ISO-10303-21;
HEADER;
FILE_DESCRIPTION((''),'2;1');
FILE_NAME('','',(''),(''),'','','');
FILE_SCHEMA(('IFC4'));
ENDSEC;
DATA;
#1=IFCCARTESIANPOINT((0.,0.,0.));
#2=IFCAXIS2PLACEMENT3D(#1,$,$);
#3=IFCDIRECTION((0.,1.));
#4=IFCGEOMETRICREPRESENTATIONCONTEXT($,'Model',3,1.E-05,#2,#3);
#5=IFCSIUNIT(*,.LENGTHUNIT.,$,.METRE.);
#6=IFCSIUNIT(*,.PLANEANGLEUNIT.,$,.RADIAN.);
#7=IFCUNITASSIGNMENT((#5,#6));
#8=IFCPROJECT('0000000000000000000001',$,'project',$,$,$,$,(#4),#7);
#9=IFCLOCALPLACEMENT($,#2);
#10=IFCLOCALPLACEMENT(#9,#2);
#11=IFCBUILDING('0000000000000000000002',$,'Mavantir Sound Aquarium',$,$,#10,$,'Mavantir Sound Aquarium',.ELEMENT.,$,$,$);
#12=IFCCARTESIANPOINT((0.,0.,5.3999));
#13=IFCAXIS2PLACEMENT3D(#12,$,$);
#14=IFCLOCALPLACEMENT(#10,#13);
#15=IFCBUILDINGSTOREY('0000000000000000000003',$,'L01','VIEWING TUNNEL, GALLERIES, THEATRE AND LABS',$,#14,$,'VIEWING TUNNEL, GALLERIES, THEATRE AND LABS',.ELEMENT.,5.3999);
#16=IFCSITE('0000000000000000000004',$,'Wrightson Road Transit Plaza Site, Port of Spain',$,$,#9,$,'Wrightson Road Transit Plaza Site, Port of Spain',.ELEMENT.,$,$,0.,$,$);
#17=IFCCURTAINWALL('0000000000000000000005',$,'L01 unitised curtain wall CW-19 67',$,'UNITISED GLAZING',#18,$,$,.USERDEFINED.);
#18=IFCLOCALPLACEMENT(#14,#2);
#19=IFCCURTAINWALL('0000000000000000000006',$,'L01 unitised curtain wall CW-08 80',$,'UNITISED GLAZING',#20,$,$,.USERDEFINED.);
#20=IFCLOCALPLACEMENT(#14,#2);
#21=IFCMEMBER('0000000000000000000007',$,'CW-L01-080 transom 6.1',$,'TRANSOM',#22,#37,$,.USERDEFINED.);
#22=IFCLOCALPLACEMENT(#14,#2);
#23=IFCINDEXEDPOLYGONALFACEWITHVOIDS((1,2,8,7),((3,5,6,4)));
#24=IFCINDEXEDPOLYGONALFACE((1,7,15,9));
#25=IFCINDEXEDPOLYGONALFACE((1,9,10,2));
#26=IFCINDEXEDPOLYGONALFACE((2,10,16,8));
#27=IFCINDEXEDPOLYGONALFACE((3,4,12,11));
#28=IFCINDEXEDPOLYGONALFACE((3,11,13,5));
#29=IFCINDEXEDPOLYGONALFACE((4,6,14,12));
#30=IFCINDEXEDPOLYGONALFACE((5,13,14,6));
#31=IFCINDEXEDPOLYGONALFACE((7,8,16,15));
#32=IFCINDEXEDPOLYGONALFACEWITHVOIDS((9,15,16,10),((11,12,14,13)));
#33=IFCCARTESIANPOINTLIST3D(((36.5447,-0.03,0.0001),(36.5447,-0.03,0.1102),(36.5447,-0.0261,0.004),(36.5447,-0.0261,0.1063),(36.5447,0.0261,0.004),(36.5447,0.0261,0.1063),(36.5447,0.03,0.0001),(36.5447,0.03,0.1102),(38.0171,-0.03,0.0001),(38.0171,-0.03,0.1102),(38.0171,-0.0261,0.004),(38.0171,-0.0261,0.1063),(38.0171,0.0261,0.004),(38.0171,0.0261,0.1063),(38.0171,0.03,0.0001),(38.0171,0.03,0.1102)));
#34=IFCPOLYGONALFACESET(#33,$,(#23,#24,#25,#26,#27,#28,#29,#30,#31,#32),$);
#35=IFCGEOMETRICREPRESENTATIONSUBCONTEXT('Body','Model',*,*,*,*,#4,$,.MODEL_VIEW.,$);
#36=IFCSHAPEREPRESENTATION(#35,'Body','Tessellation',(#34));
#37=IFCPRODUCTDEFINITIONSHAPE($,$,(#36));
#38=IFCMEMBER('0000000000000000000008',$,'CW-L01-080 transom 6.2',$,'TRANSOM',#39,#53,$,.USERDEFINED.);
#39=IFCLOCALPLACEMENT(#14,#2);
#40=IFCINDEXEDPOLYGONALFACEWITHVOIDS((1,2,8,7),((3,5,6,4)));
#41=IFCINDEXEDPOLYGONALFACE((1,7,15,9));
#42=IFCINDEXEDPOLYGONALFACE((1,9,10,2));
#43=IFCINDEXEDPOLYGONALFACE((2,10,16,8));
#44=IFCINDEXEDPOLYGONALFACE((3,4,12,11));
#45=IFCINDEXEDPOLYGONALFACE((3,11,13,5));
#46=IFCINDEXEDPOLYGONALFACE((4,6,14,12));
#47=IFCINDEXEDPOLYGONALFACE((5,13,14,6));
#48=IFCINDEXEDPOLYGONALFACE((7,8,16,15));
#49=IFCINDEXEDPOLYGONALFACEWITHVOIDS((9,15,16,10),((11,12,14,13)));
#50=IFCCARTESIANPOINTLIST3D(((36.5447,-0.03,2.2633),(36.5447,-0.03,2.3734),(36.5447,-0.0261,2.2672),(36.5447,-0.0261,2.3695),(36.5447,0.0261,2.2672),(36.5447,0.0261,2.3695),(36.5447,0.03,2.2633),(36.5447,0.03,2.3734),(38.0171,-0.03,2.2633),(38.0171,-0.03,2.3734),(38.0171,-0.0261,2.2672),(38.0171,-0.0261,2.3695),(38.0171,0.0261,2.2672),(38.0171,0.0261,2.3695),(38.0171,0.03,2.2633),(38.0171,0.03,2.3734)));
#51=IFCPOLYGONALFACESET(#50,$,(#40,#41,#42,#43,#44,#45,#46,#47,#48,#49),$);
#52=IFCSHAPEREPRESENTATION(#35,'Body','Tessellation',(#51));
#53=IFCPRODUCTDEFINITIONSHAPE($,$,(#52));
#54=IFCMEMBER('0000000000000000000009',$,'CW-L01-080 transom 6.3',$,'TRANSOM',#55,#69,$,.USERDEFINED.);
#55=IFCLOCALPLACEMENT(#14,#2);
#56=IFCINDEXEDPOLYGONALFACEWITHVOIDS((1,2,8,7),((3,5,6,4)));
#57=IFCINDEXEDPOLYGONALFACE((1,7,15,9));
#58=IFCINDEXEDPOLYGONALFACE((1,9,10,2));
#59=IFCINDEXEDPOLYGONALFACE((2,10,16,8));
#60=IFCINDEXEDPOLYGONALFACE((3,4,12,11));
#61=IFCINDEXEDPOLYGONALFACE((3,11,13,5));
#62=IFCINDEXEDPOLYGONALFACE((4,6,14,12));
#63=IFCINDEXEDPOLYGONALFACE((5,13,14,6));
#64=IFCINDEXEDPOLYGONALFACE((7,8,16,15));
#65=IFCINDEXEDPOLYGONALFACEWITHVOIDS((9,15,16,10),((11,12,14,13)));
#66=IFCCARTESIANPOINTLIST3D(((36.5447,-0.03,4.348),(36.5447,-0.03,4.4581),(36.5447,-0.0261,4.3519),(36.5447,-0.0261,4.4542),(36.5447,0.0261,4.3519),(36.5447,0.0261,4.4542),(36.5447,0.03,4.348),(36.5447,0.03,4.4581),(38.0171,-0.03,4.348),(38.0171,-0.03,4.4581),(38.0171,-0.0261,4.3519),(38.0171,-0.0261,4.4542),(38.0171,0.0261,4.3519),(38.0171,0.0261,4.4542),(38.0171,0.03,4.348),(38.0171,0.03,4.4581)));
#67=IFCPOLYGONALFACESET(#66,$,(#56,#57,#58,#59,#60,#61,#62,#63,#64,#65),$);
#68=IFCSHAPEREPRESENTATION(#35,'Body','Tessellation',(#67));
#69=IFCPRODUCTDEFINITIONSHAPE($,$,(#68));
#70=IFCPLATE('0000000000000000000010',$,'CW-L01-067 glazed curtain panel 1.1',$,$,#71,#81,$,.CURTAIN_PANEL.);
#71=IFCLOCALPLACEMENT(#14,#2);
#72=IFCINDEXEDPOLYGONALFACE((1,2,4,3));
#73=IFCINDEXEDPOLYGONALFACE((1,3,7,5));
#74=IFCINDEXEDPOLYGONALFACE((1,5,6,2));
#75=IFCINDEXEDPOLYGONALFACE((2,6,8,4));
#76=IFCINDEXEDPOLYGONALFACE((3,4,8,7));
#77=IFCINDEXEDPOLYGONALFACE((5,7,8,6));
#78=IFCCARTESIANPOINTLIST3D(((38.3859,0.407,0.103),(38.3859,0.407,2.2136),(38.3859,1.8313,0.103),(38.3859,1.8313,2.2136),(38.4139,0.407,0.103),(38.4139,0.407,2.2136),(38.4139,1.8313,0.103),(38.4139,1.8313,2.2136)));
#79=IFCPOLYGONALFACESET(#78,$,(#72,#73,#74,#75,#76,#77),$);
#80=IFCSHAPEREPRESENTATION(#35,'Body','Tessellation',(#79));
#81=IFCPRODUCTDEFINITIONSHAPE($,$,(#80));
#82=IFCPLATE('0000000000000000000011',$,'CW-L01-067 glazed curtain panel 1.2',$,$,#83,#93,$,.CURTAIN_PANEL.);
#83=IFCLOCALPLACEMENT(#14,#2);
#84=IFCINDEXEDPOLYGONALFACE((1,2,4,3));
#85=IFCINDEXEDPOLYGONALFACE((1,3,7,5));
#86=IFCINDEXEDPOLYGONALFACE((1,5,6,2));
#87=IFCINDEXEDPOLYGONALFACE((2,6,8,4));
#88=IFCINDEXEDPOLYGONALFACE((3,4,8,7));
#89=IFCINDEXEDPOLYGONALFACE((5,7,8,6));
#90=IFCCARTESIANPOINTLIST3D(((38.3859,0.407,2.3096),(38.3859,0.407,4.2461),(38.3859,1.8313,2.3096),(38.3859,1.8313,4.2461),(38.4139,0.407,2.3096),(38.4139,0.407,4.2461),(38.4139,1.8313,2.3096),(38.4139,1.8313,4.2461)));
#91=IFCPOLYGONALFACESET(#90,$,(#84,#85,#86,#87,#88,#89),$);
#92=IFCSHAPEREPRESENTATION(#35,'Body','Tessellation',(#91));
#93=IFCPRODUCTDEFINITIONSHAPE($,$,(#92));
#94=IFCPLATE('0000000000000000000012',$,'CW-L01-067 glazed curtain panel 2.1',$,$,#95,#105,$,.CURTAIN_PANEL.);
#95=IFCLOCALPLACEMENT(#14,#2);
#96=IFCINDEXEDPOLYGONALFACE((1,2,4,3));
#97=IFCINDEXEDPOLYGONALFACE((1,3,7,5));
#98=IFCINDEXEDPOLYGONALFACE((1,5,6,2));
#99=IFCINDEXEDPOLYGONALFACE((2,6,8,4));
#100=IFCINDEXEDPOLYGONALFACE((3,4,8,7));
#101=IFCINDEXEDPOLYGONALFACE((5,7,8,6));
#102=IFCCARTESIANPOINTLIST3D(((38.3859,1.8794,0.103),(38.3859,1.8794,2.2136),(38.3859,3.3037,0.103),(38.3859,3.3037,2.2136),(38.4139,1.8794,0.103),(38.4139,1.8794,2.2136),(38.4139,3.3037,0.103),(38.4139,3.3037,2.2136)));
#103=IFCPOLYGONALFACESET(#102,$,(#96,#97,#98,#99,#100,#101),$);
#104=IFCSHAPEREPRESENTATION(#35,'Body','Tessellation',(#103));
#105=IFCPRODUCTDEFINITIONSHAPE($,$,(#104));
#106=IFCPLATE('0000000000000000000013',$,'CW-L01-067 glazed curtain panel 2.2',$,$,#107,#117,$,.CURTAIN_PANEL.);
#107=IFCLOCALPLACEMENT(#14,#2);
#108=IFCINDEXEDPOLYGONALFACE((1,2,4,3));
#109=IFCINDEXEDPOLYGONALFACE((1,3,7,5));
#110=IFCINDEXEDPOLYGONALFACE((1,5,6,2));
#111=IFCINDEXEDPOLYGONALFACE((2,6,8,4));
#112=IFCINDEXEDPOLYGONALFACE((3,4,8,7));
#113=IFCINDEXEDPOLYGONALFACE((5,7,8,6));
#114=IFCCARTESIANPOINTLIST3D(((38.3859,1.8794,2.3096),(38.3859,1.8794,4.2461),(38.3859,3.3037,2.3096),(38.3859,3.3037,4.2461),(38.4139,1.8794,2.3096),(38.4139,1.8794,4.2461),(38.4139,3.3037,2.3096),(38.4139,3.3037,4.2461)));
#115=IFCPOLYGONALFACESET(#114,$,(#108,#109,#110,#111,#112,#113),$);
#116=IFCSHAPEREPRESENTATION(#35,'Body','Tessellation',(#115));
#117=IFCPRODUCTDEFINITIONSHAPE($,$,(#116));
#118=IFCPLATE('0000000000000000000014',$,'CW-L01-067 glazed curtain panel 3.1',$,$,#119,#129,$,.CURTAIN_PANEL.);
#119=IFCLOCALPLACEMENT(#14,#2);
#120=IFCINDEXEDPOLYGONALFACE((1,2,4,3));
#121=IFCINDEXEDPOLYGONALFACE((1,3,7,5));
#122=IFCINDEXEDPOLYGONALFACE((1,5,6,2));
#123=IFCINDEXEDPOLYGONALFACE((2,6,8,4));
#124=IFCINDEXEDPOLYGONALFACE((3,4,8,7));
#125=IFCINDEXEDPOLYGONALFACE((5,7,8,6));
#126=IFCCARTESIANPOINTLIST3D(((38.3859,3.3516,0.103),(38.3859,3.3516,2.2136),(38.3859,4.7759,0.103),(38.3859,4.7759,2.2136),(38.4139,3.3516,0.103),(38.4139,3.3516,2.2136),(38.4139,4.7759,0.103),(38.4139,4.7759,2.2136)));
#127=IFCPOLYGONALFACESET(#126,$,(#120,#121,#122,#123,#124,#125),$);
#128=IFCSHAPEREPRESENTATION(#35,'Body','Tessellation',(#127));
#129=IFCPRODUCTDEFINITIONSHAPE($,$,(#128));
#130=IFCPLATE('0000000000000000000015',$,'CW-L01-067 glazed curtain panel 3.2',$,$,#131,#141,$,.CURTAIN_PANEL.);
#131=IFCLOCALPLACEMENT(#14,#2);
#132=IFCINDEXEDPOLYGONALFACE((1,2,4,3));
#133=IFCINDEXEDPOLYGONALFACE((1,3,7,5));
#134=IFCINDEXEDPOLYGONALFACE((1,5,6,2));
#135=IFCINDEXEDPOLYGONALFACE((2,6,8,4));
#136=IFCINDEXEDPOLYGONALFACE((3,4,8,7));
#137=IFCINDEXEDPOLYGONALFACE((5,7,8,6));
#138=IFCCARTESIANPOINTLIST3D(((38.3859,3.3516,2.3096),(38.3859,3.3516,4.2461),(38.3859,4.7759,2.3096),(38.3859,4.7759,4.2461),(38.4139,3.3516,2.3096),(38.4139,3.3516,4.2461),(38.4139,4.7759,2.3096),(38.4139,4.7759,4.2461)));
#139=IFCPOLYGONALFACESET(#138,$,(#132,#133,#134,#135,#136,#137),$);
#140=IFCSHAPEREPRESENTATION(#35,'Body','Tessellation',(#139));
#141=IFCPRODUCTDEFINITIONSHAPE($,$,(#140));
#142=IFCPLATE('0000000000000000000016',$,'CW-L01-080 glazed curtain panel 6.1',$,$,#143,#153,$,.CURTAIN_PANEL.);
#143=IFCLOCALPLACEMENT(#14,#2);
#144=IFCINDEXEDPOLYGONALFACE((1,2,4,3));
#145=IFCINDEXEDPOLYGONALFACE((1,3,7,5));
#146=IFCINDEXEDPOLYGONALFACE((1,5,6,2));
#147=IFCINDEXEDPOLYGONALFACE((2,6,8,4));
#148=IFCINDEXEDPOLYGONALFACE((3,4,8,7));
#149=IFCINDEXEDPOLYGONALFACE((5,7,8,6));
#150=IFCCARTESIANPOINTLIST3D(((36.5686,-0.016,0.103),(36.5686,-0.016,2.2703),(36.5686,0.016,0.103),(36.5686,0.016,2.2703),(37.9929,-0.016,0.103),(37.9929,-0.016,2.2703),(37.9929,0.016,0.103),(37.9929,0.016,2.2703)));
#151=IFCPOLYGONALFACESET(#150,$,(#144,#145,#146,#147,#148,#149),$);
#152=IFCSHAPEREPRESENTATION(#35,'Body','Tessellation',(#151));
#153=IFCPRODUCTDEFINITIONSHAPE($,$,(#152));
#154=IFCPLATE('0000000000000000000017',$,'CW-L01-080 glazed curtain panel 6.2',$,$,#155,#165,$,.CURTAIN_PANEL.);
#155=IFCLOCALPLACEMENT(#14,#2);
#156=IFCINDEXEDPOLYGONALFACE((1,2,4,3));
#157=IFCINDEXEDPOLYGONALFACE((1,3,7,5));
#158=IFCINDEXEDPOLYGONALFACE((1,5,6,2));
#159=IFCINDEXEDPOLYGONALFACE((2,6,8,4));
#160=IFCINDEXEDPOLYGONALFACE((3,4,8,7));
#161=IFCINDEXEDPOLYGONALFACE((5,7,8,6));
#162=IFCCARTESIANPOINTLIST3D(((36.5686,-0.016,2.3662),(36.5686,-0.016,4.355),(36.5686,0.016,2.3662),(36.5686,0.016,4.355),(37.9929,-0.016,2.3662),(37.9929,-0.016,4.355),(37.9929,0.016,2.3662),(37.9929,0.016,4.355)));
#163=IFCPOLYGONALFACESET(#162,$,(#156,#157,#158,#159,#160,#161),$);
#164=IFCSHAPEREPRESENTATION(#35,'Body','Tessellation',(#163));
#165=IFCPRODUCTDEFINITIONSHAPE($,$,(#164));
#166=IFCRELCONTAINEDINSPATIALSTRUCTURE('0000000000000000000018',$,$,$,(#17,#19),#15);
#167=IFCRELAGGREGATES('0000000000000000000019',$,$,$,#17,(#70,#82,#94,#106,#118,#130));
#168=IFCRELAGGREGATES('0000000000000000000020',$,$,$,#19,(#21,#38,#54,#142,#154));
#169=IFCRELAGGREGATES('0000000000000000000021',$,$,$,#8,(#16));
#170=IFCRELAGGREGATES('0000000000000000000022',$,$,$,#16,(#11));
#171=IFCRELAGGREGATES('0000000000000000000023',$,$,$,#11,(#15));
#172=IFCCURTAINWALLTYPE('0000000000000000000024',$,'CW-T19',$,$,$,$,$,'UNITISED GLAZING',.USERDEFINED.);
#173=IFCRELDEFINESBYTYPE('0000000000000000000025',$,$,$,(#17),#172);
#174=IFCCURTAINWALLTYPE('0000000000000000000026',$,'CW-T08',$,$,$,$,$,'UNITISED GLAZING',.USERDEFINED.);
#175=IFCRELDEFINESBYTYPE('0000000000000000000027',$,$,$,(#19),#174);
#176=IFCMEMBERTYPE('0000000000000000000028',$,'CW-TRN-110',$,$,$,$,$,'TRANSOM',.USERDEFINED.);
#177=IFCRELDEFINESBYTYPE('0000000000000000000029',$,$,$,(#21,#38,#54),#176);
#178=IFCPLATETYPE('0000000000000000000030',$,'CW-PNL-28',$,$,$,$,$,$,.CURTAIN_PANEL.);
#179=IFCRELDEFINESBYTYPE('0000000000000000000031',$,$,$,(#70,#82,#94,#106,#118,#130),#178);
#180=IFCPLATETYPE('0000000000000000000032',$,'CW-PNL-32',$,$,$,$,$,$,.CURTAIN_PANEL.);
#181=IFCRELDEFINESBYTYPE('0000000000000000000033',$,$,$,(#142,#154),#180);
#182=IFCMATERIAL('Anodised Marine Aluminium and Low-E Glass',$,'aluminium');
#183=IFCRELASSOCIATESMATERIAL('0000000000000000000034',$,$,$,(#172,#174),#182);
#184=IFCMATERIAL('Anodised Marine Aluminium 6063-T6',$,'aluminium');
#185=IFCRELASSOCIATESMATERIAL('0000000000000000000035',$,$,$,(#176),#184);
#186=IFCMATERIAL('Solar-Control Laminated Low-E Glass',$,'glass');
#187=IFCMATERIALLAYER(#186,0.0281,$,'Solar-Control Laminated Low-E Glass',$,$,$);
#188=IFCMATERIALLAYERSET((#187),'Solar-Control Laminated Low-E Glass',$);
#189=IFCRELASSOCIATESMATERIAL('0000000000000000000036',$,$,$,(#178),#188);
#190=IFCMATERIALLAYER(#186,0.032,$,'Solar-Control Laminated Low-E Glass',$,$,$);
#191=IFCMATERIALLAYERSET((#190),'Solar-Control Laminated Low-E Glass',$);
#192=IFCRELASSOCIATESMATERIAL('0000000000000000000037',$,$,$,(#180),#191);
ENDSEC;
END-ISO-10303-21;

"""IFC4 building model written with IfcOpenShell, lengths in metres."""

from ifc_helpers import new_model, si_unit, direction, frame, origin, origin_2d, place, context, subcontext, project, spatial, rectangle, hollow_rectangle, extrude, material, layer, layer_set, material_profile, profile_set, type_object, element, aggregate, save


model = new_model("IFC4")

# Units and contexts
model_context = context("Model", 3, precision=1e-05, world=origin(), true_north=direction((0.0, 1.0)))
body_context = subcontext(model_context, "Body", "Model", "MODEL_VIEW")
ifc_project = project(units=[si_unit("LENGTHUNIT", "METRE"), si_unit("PLANEANGLEUNIT", "RADIAN")], contexts=[model_context])

# Site, building, storey
site_placement = place(None, origin())
site = spatial("IfcSite", under=ifc_project, at=site_placement, Name="Wrightson Road Transit Plaza Site, Port of Spain", LongName="Wrightson Road Transit Plaza Site, Port of Spain", CompositionType="ELEMENT", RefElevation=0.0)
building_placement = place(site_placement, origin())
building = spatial("IfcBuilding", under=site, at=building_placement, Name="Mavantir Sound Aquarium", LongName="Mavantir Sound Aquarium", CompositionType="ELEMENT")
storey_placement = place(building_placement, frame((0.0, 0.0, 5.3999)))
storey = spatial("IfcBuildingStorey", under=building, at=storey_placement, Name="L01", Description="VIEWING TUNNEL, GALLERIES, THEATRE AND LABS", LongName="VIEWING TUNNEL, GALLERIES, THEATRE AND LABS", CompositionType="ELEMENT", Elevation=5.3999)

# Curtain walls
ifc_material_1 = material(Name="Anodised Marine Aluminium and Low-E Glass", Category="aluminium")
curtain_wall_type_1 = type_object("IfcCurtainWallType", Name="CW-T19", ElementType="UNITISED GLAZING", PredefinedType="USERDEFINED", material=ifc_material_1)
curtain_wall_1_placement = place(storey_placement, origin())
curtain_wall_1 = element("IfcCurtainWall", 1, at=curtain_wall_1_placement, inside=storey, type_object=curtain_wall_type_1, Name="L01 unitised curtain wall CW-19 67", ObjectType="UNITISED GLAZING", PredefinedType="USERDEFINED")
ifc_material_2 = material(Name="Anodised Marine Aluminium 6063-T6", Category="aluminium")
curtain_wall_type_2 = type_object("IfcCurtainWallType", Name="CW-T08", ElementType="UNITISED GLAZING", PredefinedType="USERDEFINED", material=ifc_material_1)
curtain_wall_2_placement = place(storey_placement, origin())
curtain_wall_2 = element("IfcCurtainWall", 2, at=curtain_wall_2_placement, inside=storey, type_object=curtain_wall_type_2, Name="L01 unitised curtain wall CW-08 80", ObjectType="UNITISED GLAZING", PredefinedType="USERDEFINED")

# Members
ifc_material_profile_1 = material_profile(ifc_material_2, hollow_rectangle(XDim=0.0601, YDim=0.1101, WallThickness=0.0039, at=origin_2d()), Name="ALU-TRANSOM-110X60")
ifc_profile_set_1 = profile_set([ifc_material_profile_1], Name="Anodised Marine Aluminium 6063-T6")
member_type_1 = type_object("IfcMemberType", Name="CW-TRN-110", ElementType="TRANSOM", PredefinedType="USERDEFINED", material=ifc_profile_set_1)
member_1_placement = place(storey_placement, frame((36.5447, 0.0, 0.0552), z_axis=(1.0, 0.0, 0.0), x_axis=(0.0, 1.0, 0.0)))
member_1 = element("IfcMember", 3, at=member_1_placement, type_object=member_type_1, Name="CW-L01-080 transom 6.1", ObjectType="TRANSOM", PredefinedType="USERDEFINED", context=body_context, shape_type="SweptSolid", body=[
    extrude(hollow_rectangle(XDim=0.0601, YDim=0.1101, WallThickness=0.0039, at=origin_2d()), origin(), (0.0, 0.0, 1.0), 1.4724),
])
member_2_placement = place(storey_placement, frame((36.5447, 0.0, 2.3184), z_axis=(1.0, 0.0, 0.0), x_axis=(0.0, 1.0, 0.0)))
member_2 = element("IfcMember", 4, at=member_2_placement, type_object=member_type_1, Name="CW-L01-080 transom 6.2", ObjectType="TRANSOM", PredefinedType="USERDEFINED", context=body_context, shape_type="SweptSolid", body=[
    extrude(hollow_rectangle(XDim=0.0601, YDim=0.1101, WallThickness=0.0039, at=origin_2d()), origin(), (0.0, 0.0, 1.0), 1.4724),
])
member_3_placement = place(storey_placement, frame((36.5447, 0.0, 4.4031), z_axis=(1.0, 0.0, 0.0), x_axis=(0.0, 1.0, 0.0)))
member_3 = element("IfcMember", 5, at=member_3_placement, type_object=member_type_1, Name="CW-L01-080 transom 6.3", ObjectType="TRANSOM", PredefinedType="USERDEFINED", context=body_context, shape_type="SweptSolid", body=[
    extrude(hollow_rectangle(XDim=0.0601, YDim=0.1101, WallThickness=0.0039, at=origin_2d()), origin(), (0.0, 0.0, 1.0), 1.4724),
])

# Plates
ifc_material_3 = material(Name="Solar-Control Laminated Low-E Glass", Category="glass")
ifc_layer_1 = layer(ifc_material_3, 0.0281, Name="Solar-Control Laminated Low-E Glass")
ifc_layer_set_1 = layer_set([ifc_layer_1], Name="Solar-Control Laminated Low-E Glass")
plate_type_1 = type_object("IfcPlateType", Name="CW-PNL-28", PredefinedType="CURTAIN_PANEL", material=ifc_layer_set_1)
plate_1_placement = place(storey_placement, frame((38.3999, 1.1191, 0.103), z_axis=(0.0, 0.0, 1.0), x_axis=(0.0, 1.0, 0.0)))
plate_1 = element("IfcPlate", 6, at=plate_1_placement, type_object=plate_type_1, Name="CW-L01-067 glazed curtain panel 1.1", PredefinedType="CURTAIN_PANEL", context=body_context, shape_type="SweptSolid", body=[
    extrude(rectangle(XDim=1.4243, YDim=0.0281, at=origin_2d()), origin(), (0.0, 0.0, 1.0), 2.1106),
])
plate_2_placement = place(storey_placement, frame((38.3999, 1.1191, 2.3096), z_axis=(0.0, 0.0, 1.0), x_axis=(0.0, 1.0, 0.0)))
plate_2 = element("IfcPlate", 7, at=plate_2_placement, type_object=plate_type_1, Name="CW-L01-067 glazed curtain panel 1.2", PredefinedType="CURTAIN_PANEL", context=body_context, shape_type="SweptSolid", body=[
    extrude(rectangle(XDim=1.4243, YDim=0.0281, at=origin_2d()), origin(), (0.0, 0.0, 1.0), 1.9365),
])
plate_3_placement = place(storey_placement, frame((38.3999, 2.5916, 0.103), z_axis=(0.0, 0.0, 1.0), x_axis=(0.0, 1.0, 0.0)))
plate_3 = element("IfcPlate", 8, at=plate_3_placement, type_object=plate_type_1, Name="CW-L01-067 glazed curtain panel 2.1", PredefinedType="CURTAIN_PANEL", context=body_context, shape_type="SweptSolid", body=[
    extrude(rectangle(XDim=1.4243, YDim=0.0281, at=origin_2d()), origin(), (0.0, 0.0, 1.0), 2.1106),
])
plate_4_placement = place(storey_placement, frame((38.3999, 2.5916, 2.3096), z_axis=(0.0, 0.0, 1.0), x_axis=(0.0, 1.0, 0.0)))
plate_4 = element("IfcPlate", 9, at=plate_4_placement, type_object=plate_type_1, Name="CW-L01-067 glazed curtain panel 2.2", PredefinedType="CURTAIN_PANEL", context=body_context, shape_type="SweptSolid", body=[
    extrude(rectangle(XDim=1.4243, YDim=0.0281, at=origin_2d()), origin(), (0.0, 0.0, 1.0), 1.9365),
])
plate_5_placement = place(storey_placement, frame((38.3999, 4.0637, 0.103), z_axis=(0.0, 0.0, 1.0), x_axis=(0.0, 1.0, 0.0)))
plate_5 = element("IfcPlate", 10, at=plate_5_placement, type_object=plate_type_1, Name="CW-L01-067 glazed curtain panel 3.1", PredefinedType="CURTAIN_PANEL", context=body_context, shape_type="SweptSolid", body=[
    extrude(rectangle(XDim=1.4243, YDim=0.0281, at=origin_2d()), origin(), (0.0, 0.0, 1.0), 2.1106),
])
plate_6_placement = place(storey_placement, frame((38.3999, 4.0637, 2.3096), z_axis=(0.0, 0.0, 1.0), x_axis=(0.0, 1.0, 0.0)))
plate_6 = element("IfcPlate", 11, at=plate_6_placement, type_object=plate_type_1, Name="CW-L01-067 glazed curtain panel 3.2", PredefinedType="CURTAIN_PANEL", context=body_context, shape_type="SweptSolid", body=[
    extrude(rectangle(XDim=1.4243, YDim=0.0281, at=origin_2d()), origin(), (0.0, 0.0, 1.0), 1.9365),
])
aggregate(curtain_wall_1, [plate_1, plate_2, plate_3, plate_4, plate_5, plate_6])
ifc_layer_2 = layer(ifc_material_3, 0.032, Name="Solar-Control Laminated Low-E Glass")
ifc_layer_set_2 = layer_set([ifc_layer_2], Name="Solar-Control Laminated Low-E Glass")
plate_type_2 = type_object("IfcPlateType", Name="CW-PNL-32", PredefinedType="CURTAIN_PANEL", material=ifc_layer_set_2)
plate_7_placement = place(storey_placement, frame((37.2808, 0.0, 0.103), z_axis=(0.0, 0.0, 1.0), x_axis=(1.0, 0.0, 0.0)))
plate_7 = element("IfcPlate", 12, at=plate_7_placement, type_object=plate_type_2, Name="CW-L01-080 glazed curtain panel 6.1", PredefinedType="CURTAIN_PANEL", context=body_context, shape_type="SweptSolid", body=[
    extrude(rectangle(XDim=1.4243, YDim=0.032, at=origin_2d()), origin(), (0.0, 0.0, 1.0), 2.1672),
])
plate_8_placement = place(storey_placement, frame((37.2808, 0.0, 2.3662), z_axis=(0.0, 0.0, 1.0), x_axis=(1.0, 0.0, 0.0)))
plate_8 = element("IfcPlate", 13, at=plate_8_placement, type_object=plate_type_2, Name="CW-L01-080 glazed curtain panel 6.2", PredefinedType="CURTAIN_PANEL", context=body_context, shape_type="SweptSolid", body=[
    extrude(rectangle(XDim=1.4243, YDim=0.032, at=origin_2d()), origin(), (0.0, 0.0, 1.0), 1.9888),
])
aggregate(curtain_wall_2, [member_1, member_2, member_3, plate_7, plate_8])

save(model, "model.ifc")
